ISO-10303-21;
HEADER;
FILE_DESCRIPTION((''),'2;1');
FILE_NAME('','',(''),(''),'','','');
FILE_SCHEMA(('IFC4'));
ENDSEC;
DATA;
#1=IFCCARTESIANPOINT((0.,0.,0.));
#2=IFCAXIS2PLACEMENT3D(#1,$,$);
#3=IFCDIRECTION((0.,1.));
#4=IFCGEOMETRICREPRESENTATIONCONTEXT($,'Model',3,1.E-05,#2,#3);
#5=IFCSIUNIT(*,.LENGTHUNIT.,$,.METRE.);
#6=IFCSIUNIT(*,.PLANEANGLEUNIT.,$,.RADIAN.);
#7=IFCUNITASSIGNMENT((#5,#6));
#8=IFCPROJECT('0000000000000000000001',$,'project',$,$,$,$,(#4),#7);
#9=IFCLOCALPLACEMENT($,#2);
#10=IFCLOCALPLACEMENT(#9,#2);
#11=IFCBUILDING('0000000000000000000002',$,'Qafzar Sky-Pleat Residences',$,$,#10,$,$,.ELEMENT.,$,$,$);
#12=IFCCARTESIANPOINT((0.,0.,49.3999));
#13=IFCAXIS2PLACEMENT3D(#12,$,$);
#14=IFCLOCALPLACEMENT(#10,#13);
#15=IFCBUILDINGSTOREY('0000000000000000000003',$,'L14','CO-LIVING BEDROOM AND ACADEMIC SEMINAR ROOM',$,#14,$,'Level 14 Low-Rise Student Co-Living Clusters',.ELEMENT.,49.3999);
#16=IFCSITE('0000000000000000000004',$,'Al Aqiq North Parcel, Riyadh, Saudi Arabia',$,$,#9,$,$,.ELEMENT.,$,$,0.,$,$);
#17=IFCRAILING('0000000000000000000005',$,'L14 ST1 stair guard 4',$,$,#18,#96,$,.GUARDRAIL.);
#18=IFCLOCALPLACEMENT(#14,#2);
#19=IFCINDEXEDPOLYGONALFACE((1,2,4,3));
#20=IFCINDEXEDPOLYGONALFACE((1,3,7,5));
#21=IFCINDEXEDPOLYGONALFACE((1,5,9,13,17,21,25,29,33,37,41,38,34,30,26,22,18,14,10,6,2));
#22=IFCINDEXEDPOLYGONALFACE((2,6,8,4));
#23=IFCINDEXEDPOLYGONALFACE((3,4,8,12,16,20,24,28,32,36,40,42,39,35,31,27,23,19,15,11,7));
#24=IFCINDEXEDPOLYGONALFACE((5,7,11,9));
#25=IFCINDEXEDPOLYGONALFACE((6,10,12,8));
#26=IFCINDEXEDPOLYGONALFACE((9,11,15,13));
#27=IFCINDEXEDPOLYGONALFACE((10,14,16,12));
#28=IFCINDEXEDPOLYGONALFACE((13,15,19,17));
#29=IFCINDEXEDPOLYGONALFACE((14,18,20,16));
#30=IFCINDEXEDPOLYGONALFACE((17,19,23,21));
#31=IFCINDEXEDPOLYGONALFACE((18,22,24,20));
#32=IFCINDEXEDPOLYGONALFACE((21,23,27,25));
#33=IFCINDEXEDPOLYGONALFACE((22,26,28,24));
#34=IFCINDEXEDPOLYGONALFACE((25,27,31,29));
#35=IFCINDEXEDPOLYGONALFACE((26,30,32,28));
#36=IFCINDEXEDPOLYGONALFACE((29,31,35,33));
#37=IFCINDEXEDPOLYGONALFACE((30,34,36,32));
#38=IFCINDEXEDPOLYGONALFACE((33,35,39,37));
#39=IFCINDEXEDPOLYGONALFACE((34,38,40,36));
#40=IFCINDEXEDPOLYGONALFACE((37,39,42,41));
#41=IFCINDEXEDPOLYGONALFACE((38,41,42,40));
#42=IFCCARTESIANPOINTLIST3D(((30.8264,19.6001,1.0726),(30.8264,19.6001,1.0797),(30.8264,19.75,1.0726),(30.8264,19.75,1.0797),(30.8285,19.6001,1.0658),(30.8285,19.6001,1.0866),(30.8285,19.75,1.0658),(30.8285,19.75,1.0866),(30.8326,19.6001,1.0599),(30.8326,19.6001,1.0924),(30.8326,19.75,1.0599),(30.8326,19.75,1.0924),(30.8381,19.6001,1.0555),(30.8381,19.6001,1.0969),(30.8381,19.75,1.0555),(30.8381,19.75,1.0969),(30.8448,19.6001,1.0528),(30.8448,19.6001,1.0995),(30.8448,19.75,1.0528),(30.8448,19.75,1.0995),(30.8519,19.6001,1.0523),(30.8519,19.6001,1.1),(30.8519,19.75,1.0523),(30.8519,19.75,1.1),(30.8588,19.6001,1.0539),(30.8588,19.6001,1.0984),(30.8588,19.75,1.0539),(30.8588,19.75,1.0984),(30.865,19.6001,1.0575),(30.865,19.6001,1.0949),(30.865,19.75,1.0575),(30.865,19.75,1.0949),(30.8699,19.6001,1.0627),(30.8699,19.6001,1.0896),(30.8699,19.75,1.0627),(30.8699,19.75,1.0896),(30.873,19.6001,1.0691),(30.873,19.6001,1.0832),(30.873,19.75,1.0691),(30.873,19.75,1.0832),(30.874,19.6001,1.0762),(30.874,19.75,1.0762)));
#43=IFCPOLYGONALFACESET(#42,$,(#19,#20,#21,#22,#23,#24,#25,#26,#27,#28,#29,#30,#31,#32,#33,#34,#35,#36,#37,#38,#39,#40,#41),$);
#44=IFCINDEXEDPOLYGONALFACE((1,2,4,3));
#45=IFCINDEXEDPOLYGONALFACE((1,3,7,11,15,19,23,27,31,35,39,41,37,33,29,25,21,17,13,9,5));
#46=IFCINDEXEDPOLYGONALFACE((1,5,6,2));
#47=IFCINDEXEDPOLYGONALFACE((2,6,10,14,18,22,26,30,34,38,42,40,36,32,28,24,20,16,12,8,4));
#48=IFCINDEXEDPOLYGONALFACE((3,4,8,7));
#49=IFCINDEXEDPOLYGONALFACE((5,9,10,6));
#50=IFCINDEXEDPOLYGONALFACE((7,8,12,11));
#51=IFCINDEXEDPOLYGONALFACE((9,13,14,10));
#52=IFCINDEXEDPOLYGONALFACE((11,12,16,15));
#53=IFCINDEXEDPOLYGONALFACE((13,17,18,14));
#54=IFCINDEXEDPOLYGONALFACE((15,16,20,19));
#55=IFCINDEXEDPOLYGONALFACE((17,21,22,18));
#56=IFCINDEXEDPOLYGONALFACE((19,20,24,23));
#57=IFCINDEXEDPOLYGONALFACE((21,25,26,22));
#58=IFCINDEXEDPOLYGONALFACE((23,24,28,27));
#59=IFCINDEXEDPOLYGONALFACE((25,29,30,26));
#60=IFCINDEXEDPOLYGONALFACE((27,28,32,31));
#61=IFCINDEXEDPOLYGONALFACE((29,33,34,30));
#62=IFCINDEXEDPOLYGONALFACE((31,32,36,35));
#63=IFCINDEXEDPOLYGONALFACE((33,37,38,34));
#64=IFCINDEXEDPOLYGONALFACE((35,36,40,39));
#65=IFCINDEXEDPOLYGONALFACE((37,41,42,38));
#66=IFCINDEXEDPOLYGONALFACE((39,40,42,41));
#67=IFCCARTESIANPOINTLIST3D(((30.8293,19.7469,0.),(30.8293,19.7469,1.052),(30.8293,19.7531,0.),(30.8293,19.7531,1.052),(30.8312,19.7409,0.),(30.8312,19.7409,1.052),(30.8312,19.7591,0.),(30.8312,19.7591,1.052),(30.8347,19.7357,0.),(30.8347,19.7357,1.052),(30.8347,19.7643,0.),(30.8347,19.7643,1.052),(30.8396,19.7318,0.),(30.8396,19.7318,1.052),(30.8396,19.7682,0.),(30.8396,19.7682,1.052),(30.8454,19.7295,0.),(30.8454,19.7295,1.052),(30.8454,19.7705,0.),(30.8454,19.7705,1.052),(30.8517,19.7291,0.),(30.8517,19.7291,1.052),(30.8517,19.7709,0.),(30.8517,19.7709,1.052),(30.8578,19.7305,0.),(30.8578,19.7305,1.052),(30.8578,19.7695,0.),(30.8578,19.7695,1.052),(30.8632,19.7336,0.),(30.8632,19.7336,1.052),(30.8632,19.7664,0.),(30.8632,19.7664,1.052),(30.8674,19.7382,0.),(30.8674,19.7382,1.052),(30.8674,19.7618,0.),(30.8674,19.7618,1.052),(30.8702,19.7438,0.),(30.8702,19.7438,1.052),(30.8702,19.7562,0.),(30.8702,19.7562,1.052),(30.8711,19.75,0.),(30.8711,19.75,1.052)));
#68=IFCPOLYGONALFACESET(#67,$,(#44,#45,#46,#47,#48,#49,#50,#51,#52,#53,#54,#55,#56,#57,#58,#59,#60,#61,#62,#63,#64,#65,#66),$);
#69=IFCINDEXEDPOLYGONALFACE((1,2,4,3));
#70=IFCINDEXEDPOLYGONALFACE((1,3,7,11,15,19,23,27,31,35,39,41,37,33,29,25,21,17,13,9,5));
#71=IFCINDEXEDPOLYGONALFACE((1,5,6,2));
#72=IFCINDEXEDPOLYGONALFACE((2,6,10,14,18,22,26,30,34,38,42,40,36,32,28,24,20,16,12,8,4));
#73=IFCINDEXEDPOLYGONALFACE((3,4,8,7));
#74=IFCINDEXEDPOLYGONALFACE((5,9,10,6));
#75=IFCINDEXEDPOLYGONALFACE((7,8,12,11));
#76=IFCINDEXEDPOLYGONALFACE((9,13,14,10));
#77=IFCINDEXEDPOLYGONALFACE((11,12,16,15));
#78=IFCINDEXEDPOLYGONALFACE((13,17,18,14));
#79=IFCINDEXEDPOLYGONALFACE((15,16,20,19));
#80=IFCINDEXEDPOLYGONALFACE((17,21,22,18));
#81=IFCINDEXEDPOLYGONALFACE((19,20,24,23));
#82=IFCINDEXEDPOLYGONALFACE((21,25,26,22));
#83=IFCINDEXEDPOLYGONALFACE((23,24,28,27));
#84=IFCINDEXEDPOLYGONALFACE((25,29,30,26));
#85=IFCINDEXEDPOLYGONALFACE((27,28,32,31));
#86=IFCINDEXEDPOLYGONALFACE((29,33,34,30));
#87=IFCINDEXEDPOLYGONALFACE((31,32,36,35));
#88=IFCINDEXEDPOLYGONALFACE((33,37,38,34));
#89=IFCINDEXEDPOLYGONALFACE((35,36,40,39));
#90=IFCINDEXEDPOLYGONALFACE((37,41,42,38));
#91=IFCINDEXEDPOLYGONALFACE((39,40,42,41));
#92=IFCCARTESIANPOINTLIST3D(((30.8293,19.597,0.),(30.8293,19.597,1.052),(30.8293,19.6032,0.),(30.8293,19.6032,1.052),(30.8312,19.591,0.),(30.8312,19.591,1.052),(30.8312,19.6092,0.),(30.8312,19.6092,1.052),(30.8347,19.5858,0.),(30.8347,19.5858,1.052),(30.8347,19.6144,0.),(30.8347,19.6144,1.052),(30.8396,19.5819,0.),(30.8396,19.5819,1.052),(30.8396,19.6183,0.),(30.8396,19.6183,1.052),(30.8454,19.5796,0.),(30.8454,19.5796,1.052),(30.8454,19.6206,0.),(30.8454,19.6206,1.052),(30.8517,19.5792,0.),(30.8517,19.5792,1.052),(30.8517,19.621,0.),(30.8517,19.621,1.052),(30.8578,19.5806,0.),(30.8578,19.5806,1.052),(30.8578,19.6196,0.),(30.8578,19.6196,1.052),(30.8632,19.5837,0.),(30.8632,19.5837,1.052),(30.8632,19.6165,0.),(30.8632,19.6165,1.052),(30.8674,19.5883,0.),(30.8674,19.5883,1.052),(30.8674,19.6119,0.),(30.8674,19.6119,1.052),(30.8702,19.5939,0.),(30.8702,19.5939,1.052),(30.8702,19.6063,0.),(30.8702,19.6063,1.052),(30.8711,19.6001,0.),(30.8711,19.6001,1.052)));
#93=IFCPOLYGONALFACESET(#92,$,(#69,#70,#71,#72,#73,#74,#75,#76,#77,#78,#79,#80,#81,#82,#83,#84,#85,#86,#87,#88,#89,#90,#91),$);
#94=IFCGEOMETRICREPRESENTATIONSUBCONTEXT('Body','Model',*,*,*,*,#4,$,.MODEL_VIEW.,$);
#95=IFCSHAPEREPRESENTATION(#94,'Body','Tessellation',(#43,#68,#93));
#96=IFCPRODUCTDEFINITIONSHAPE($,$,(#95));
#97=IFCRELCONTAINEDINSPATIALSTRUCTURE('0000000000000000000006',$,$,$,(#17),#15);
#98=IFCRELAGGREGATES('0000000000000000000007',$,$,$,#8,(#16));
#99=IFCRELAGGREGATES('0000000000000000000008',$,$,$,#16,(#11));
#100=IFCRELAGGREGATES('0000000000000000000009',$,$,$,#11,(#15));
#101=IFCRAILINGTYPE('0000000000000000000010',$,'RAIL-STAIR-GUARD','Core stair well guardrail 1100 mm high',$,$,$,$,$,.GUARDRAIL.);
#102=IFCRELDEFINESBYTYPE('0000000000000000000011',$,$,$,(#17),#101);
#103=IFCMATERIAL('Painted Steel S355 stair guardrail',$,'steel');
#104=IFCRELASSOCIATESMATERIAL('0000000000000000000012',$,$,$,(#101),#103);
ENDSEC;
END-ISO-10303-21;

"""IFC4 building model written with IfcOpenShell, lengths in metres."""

from ifc_helpers import new_model, si_unit, direction, frame, origin, origin_2d, place, context, subcontext, project, spatial, circle, extrude, source, transform, mapped, material, type_object, element, save


model = new_model("IFC4")

# Units and contexts
model_context = context("Model", 3, precision=1e-05, world=origin(), true_north=direction((0.0, 1.0)))
body_context = subcontext(model_context, "Body", "Model", "MODEL_VIEW")
ifc_project = project(units=[si_unit("LENGTHUNIT", "METRE"), si_unit("PLANEANGLEUNIT", "RADIAN")], contexts=[model_context])

# Site, building, storey
site_placement = place(None, origin())
site = spatial("IfcSite", under=ifc_project, at=site_placement, Name="Al Aqiq North Parcel, Riyadh, Saudi Arabia", CompositionType="ELEMENT", RefElevation=0.0)
building_placement = place(site_placement, origin())
building = spatial("IfcBuilding", under=site, at=building_placement, Name="Qafzar Sky-Pleat Residences", CompositionType="ELEMENT")
storey_placement = place(building_placement, frame((0.0, 0.0, 49.3999)))
storey = spatial("IfcBuildingStorey", under=building, at=storey_placement, Name="L14", Description="CO-LIVING BEDROOM AND ACADEMIC SEMINAR ROOM", LongName="Level 14 Low-Rise Student Co-Living Clusters", CompositionType="ELEMENT", Elevation=49.3999)

# Railing
ifc_material_1 = material(Name="Painted Steel S355 stair guardrail", Category="steel")
railing_type_1 = type_object("IfcRailingType", Name="RAIL-STAIR-GUARD", Description="Core stair well guardrail 1100 mm high", PredefinedType="GUARDRAIL", material=ifc_material_1)
shared_shape_1 = source(origin(), body_context, "Body", "SweptSolid", [
    extrude(circle(Radius=0.0239, at=origin_2d()), frame((0.0, 0.0, 1.0762), z_axis=(0.0, -1.0, 0.0), x_axis=(1.0, 0.0, 0.0)), (0.0, 0.0, 1.0), 0.1499),
    extrude(circle(Radius=0.021, at=origin_2d()), origin(), (0.0, 0.0, 1.0), 1.052),
    extrude(circle(Radius=0.021, at=origin_2d()), frame((0.0, -0.1499, 0.0)), (0.0, 0.0, 1.0), 1.052),
])
for number, where, name in (
    (1, (30.8501, 19.75, 0.0), "L14 ST1 stair guard 4"),
):
    element("IfcRailing", number, at=place(storey_placement, frame(where)), inside=storey, type_object=railing_type_1, Name=name, PredefinedType="GUARDRAIL", context=body_context, shape_type="MappedRepresentation", body=[
        mapped(shared_shape_1, transform((0.0, 0.0, 0.0), x_axis=(1.0, 0.0, 0.0), y_axis=(0.0, 1.0, 0.0), z_axis=(0.0, 0.0, 1.0), scale=1.0)),
    ])

save(model, "model.ifc")
